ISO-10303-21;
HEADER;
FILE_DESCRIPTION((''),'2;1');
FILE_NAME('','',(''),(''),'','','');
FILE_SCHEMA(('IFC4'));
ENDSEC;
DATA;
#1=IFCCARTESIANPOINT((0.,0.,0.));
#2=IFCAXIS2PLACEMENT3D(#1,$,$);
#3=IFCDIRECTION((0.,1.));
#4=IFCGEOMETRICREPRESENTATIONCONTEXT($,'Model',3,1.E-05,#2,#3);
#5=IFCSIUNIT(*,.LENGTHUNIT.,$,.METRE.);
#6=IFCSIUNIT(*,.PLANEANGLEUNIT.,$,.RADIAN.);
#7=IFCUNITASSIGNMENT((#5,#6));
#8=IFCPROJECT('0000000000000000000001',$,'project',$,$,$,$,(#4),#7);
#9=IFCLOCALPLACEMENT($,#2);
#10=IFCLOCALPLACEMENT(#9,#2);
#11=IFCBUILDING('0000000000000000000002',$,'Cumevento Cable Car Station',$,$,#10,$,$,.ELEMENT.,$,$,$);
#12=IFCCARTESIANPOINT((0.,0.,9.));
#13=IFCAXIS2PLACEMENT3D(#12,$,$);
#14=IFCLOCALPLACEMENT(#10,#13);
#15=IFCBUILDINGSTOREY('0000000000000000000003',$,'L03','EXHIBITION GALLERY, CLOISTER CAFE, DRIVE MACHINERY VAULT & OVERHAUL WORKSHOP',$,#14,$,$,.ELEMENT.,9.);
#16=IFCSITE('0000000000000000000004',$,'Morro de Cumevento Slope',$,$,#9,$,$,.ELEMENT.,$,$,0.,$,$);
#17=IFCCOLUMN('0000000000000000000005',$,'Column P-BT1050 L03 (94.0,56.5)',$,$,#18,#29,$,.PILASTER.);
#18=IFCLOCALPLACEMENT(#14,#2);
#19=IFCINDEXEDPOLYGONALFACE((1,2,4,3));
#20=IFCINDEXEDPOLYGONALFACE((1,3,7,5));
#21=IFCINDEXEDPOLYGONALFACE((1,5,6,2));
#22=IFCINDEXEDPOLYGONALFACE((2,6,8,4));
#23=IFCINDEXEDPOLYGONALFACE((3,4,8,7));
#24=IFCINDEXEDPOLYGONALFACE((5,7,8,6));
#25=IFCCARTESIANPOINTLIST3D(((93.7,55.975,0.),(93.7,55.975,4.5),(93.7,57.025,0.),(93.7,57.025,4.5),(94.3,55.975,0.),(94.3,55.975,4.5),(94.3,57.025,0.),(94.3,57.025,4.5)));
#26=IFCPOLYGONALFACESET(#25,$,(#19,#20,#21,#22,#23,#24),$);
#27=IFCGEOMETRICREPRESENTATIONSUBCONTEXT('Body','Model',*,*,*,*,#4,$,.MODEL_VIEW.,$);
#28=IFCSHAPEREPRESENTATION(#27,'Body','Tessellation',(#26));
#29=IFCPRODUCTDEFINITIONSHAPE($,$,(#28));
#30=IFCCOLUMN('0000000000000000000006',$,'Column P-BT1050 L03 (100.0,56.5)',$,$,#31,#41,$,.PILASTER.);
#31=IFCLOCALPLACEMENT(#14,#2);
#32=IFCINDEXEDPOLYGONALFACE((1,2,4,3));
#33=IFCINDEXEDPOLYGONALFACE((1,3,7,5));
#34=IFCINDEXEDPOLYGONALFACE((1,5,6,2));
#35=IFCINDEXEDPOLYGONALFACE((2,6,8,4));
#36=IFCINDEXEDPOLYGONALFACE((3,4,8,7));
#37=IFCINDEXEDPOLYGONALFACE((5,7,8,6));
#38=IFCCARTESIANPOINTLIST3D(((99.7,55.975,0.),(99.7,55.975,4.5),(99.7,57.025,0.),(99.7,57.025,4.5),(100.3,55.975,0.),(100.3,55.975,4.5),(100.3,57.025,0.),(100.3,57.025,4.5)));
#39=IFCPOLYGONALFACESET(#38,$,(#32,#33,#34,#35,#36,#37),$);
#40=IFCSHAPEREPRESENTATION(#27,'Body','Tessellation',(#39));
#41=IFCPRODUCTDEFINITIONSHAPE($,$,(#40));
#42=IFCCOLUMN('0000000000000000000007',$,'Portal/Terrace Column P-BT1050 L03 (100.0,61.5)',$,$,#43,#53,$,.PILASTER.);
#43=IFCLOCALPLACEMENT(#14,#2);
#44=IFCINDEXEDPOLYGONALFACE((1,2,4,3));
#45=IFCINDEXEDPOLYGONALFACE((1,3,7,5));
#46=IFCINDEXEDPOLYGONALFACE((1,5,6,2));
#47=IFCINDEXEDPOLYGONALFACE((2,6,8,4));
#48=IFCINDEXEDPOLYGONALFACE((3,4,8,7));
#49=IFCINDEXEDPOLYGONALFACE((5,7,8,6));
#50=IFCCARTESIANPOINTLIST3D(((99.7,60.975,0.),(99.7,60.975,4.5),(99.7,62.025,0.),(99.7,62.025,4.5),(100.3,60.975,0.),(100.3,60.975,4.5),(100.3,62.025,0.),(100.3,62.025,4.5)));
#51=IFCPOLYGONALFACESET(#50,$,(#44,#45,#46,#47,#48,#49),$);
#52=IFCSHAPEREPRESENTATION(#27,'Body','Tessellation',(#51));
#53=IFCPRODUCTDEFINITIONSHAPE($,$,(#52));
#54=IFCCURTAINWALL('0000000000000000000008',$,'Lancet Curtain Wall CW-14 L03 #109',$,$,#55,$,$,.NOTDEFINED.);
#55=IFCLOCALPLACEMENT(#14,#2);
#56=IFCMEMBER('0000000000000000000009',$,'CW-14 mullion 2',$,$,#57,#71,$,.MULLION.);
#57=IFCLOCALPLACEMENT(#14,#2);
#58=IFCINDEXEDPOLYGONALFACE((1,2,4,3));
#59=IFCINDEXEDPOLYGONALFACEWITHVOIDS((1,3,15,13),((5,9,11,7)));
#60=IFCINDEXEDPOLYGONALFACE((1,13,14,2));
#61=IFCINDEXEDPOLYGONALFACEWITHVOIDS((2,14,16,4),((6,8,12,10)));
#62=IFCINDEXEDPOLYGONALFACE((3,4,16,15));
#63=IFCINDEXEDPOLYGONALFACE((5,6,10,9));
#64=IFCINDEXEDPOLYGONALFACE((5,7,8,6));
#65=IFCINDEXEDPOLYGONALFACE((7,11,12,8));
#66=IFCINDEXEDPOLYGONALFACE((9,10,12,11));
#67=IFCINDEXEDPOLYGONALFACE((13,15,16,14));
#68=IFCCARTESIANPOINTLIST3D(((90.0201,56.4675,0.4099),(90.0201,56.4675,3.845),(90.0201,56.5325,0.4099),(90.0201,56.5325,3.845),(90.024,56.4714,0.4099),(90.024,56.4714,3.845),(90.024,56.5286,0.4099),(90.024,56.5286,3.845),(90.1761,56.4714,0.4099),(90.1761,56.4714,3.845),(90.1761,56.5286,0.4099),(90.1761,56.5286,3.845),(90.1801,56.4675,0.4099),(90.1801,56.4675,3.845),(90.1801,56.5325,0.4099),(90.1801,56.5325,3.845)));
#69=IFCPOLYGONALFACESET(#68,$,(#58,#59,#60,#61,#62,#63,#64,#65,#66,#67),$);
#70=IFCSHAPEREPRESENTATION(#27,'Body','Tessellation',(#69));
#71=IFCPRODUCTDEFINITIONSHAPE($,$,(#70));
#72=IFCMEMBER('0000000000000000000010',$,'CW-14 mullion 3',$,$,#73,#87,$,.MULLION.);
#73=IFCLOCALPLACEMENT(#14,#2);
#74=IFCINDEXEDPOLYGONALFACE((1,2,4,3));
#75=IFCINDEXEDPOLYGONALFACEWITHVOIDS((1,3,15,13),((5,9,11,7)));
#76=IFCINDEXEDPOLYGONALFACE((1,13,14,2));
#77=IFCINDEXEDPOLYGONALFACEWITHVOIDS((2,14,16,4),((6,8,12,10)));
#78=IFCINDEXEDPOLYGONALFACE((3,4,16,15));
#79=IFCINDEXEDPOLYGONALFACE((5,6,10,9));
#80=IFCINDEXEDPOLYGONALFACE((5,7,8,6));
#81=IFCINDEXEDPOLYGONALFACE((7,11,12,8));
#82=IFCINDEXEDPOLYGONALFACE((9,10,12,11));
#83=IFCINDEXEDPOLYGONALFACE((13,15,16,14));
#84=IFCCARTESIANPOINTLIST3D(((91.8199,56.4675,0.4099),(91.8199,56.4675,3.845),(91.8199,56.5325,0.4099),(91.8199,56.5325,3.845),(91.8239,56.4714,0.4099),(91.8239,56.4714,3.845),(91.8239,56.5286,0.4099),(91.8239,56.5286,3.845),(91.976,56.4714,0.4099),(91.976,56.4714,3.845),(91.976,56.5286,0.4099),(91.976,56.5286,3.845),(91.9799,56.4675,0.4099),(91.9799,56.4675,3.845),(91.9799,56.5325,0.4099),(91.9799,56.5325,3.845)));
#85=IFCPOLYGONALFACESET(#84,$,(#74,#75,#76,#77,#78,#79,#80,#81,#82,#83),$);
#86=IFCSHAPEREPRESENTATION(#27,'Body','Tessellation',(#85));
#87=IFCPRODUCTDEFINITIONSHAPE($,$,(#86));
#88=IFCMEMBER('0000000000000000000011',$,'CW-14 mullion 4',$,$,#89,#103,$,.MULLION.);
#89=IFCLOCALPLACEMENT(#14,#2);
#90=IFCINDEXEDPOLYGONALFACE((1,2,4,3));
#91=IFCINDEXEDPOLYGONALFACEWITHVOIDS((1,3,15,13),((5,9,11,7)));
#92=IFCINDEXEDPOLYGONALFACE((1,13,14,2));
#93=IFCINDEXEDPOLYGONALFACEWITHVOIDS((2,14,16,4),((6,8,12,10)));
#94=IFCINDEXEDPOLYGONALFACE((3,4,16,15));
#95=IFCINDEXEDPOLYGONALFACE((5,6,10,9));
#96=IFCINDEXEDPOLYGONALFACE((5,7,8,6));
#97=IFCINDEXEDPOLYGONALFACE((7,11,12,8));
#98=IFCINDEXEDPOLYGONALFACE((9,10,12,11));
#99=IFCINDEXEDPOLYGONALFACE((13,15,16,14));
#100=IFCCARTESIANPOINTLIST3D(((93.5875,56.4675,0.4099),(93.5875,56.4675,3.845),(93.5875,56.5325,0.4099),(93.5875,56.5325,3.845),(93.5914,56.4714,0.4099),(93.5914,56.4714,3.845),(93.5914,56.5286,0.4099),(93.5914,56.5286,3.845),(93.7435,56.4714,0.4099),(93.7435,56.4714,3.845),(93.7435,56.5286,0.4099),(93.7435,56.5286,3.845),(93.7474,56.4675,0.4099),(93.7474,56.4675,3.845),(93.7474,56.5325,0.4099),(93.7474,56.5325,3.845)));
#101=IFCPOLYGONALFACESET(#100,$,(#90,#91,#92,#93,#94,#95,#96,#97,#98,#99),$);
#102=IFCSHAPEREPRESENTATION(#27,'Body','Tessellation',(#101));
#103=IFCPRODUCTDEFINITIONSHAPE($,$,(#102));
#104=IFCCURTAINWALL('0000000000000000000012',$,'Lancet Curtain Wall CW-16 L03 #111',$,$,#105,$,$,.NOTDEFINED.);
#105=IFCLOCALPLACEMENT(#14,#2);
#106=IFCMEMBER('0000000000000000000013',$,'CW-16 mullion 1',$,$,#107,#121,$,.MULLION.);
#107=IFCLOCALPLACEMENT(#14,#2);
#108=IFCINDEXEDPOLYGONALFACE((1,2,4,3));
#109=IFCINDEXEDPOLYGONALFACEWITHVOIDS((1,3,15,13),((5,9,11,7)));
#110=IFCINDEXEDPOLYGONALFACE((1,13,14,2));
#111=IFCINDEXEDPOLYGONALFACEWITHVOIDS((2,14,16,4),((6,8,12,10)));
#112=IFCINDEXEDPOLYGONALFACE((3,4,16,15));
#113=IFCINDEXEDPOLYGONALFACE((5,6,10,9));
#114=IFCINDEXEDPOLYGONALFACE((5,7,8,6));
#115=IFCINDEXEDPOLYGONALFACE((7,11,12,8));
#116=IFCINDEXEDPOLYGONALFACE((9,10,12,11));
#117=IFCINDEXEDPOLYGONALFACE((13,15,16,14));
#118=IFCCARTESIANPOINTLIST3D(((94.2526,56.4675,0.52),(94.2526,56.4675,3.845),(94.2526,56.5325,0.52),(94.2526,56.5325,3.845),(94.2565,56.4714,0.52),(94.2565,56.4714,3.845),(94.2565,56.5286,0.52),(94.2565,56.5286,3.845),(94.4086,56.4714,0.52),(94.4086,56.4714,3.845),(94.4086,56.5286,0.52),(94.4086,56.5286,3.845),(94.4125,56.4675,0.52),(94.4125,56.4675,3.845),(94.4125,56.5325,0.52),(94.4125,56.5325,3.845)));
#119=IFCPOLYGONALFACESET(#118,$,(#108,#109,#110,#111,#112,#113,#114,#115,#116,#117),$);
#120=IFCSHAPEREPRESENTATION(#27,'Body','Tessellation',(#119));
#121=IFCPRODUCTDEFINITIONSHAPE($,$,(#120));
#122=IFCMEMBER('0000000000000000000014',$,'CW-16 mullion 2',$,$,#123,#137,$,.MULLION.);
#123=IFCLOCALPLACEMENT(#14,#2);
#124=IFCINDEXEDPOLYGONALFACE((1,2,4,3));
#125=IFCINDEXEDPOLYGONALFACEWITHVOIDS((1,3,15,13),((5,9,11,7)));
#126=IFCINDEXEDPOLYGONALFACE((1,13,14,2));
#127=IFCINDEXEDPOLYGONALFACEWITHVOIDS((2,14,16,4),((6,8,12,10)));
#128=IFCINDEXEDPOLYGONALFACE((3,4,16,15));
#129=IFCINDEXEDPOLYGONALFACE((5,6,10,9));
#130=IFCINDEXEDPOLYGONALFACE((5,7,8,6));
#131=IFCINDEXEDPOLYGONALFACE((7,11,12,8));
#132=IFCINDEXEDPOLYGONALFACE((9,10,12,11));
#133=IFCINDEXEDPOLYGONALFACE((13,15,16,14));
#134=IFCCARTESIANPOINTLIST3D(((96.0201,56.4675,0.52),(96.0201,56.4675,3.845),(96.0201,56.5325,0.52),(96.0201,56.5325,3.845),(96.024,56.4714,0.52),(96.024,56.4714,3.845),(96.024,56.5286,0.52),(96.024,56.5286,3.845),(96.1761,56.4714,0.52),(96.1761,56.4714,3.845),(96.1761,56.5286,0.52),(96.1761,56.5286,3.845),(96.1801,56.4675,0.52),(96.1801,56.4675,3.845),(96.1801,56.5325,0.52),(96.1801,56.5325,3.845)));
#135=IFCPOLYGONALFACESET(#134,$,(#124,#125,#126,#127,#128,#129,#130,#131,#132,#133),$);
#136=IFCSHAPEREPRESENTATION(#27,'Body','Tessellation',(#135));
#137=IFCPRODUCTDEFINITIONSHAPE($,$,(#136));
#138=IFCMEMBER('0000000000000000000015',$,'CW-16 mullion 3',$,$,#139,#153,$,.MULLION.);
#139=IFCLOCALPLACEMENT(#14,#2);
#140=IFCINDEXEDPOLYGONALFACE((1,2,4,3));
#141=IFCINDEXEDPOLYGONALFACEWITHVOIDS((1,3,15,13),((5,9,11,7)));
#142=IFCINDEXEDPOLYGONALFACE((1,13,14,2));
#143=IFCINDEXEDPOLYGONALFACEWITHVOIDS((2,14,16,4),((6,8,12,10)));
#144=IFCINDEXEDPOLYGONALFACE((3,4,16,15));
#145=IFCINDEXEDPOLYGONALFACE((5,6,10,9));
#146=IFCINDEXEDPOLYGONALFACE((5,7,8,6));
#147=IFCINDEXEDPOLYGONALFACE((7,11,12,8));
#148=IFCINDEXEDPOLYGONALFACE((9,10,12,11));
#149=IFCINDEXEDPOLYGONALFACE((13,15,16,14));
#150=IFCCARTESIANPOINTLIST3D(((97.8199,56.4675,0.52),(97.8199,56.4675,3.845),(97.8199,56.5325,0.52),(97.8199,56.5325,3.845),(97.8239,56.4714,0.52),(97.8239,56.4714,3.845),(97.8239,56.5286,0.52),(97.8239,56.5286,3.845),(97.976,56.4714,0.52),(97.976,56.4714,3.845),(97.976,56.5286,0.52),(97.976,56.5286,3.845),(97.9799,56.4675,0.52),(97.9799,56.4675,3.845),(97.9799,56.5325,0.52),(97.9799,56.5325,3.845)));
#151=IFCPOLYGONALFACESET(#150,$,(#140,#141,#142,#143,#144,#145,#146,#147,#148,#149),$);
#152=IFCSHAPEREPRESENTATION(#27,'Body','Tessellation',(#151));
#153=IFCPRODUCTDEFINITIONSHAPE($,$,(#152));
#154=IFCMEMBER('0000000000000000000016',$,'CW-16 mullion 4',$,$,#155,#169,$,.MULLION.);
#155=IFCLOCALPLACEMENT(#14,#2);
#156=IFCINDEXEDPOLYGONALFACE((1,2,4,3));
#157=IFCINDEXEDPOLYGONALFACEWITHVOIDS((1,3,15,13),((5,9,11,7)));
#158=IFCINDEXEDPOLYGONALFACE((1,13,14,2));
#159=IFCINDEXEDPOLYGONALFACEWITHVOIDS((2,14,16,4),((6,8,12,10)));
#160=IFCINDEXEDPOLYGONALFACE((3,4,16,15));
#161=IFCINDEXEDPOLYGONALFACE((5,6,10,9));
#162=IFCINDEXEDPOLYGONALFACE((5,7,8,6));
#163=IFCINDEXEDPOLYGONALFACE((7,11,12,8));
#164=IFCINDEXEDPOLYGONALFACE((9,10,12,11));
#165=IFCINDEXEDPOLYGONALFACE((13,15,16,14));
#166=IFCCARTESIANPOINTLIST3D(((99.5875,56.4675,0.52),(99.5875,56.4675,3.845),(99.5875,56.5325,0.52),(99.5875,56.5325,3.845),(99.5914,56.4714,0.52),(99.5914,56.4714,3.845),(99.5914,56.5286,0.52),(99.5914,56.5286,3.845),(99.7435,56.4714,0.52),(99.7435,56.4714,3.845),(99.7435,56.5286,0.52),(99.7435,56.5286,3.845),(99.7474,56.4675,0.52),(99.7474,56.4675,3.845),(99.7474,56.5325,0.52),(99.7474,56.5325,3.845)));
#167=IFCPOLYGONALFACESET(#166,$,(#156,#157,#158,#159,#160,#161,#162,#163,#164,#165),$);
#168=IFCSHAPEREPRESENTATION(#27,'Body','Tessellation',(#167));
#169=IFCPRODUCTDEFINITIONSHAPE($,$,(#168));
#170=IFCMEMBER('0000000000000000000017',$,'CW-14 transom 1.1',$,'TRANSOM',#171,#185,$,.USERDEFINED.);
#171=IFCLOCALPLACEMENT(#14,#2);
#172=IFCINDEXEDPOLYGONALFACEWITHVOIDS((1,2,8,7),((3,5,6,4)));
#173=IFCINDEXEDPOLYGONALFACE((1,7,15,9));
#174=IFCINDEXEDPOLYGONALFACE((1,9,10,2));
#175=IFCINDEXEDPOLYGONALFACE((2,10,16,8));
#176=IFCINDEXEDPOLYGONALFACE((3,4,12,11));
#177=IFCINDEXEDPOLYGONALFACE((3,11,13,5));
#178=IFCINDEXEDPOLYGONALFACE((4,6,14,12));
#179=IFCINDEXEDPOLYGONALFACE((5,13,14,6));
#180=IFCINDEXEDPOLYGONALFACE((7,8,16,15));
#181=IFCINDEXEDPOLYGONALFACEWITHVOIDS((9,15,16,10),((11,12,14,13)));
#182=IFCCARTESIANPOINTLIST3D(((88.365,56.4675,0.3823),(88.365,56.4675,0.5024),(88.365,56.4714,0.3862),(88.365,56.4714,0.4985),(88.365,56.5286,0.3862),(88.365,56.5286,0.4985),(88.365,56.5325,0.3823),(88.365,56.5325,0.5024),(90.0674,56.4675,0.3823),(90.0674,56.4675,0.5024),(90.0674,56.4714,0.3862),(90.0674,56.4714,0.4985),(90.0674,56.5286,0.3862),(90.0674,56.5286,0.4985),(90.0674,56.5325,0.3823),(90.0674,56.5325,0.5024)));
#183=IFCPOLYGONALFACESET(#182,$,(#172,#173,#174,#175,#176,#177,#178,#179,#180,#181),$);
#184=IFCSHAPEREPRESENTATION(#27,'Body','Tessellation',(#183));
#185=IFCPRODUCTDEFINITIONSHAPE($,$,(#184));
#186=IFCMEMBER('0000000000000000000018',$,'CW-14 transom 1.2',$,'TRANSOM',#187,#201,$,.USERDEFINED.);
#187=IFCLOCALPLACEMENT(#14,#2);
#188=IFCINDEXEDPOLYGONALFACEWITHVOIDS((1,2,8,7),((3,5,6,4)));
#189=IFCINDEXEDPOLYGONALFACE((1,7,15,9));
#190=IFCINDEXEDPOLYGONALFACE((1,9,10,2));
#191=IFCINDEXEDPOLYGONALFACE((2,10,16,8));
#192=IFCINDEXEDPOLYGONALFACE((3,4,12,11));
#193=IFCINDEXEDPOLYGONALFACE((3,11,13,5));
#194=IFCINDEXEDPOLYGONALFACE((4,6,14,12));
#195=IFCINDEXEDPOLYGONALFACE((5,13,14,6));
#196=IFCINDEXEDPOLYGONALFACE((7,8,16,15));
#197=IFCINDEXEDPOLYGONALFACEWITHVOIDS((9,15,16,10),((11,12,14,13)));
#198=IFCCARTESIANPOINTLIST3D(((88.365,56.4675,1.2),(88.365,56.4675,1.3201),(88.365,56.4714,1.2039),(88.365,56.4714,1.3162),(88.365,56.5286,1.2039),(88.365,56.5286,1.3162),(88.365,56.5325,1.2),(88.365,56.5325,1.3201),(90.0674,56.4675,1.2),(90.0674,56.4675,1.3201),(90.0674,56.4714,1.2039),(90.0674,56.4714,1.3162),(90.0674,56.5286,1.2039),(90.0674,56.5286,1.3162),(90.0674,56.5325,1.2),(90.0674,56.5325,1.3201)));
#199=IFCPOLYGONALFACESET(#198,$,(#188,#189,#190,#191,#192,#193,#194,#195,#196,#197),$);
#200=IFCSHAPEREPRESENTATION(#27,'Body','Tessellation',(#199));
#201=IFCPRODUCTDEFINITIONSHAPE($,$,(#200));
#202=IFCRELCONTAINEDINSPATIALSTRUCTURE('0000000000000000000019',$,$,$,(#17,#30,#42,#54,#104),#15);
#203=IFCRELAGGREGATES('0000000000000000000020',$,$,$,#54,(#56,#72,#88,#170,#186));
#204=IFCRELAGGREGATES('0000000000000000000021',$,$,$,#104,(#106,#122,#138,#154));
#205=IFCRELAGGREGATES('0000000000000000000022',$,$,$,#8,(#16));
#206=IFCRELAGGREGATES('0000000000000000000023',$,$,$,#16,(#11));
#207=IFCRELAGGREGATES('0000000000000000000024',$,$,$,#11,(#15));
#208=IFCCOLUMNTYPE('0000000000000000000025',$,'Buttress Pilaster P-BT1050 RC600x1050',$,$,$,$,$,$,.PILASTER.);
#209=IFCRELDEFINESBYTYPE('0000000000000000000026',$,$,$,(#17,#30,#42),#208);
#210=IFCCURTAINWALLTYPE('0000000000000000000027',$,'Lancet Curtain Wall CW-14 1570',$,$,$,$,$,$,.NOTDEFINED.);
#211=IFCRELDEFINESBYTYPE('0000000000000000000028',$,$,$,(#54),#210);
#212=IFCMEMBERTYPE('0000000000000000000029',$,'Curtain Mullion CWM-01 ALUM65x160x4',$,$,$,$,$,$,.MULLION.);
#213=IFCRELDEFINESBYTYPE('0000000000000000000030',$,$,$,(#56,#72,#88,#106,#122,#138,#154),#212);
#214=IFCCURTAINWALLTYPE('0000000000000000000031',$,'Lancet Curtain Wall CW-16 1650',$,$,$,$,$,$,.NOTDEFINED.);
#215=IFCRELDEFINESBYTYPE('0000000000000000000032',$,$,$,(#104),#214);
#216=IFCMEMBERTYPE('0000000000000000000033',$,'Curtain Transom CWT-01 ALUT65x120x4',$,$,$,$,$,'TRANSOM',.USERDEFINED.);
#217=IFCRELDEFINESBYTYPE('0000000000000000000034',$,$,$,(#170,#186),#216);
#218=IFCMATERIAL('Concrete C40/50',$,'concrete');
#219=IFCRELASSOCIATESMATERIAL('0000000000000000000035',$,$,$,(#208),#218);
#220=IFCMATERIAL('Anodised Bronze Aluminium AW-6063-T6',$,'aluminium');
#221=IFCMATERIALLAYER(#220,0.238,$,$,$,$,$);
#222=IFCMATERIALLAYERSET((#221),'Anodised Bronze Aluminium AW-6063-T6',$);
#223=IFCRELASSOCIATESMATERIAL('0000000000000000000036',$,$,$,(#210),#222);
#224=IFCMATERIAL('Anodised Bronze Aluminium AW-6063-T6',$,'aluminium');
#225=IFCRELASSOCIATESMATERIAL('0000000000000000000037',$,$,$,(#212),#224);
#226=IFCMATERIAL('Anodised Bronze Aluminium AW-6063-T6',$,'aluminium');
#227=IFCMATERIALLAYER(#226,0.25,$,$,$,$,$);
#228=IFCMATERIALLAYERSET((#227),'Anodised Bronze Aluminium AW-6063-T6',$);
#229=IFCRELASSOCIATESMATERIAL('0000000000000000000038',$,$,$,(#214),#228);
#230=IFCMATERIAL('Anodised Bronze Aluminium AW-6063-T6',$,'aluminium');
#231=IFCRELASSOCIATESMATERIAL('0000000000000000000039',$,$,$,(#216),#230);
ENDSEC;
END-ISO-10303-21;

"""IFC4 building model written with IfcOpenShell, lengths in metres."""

from ifc_helpers import new_model, si_unit, direction, frame, origin, origin_2d, place, context, subcontext, project, spatial, rectangle, hollow_rectangle, extrude, material, layer, layer_set, material_profile, profile_set, type_object, element, aggregate, save


model = new_model("IFC4")

# Units and contexts
model_context = context("Model", 3, precision=1e-05, world=origin(), true_north=direction((0.0, 1.0)))
body_context = subcontext(model_context, "Body", "Model", "MODEL_VIEW")
ifc_project = project(units=[si_unit("LENGTHUNIT", "METRE"), si_unit("PLANEANGLEUNIT", "RADIAN")], contexts=[model_context])

# Site, building, storey
site_placement = place(None, origin())
site = spatial("IfcSite", under=ifc_project, at=site_placement, Name="Morro de Cumevento Slope", CompositionType="ELEMENT", RefElevation=0.0)
building_placement = place(site_placement, origin())
building = spatial("IfcBuilding", under=site, at=building_placement, Name="Cumevento Cable Car Station", CompositionType="ELEMENT")
storey_placement = place(building_placement, frame((0.0, 0.0, 9.0)))
storey = spatial("IfcBuildingStorey", under=building, at=storey_placement, Name="L03", Description="EXHIBITION GALLERY, CLOISTER CAFE, DRIVE MACHINERY VAULT & OVERHAUL WORKSHOP", CompositionType="ELEMENT", Elevation=9.0)

# Columns
ifc_material_1 = material(Name="Concrete C40/50", Category="concrete")
ifc_material_profile_1 = material_profile(ifc_material_1, rectangle(XDim=0.6001, YDim=1.05, at=origin_2d()), Name="RC600x1050")
ifc_profile_set_1 = profile_set([ifc_material_profile_1], Name="Concrete C40/50")
column_type = type_object("IfcColumnType", Name="Buttress Pilaster P-BT1050 RC600x1050", PredefinedType="PILASTER", material=ifc_profile_set_1)
for number, where, z_axis, x_axis, name in (
    (1, (94.0, 56.5, 0.0), (0.0, 0.0, 1.0), (1.0, 0.0, 0.0), "Column P-BT1050 L03 (94.0,56.5)"),
    (2, (100.0, 56.5, 0.0), (0.0, 0.0, 1.0), (1.0, 0.0, 0.0), "Column P-BT1050 L03 (100.0,56.5)"),
    (3, (100.0, 61.5, 0.0), (0.0, 0.0, 1.0), (1.0, 0.0, 0.0), "Portal/Terrace Column P-BT1050 L03 (100.0,61.5)"),
):
    element("IfcColumn", number, at=place(storey_placement, frame(where, z_axis=z_axis, x_axis=x_axis)), inside=storey, type_object=column_type, Name=name, PredefinedType="PILASTER", context=body_context, shape_type="SweptSolid", body=[
        extrude(rectangle(XDim=0.6001, YDim=1.05, at=origin_2d()), origin(), (0.0, 0.0, 1.0), 4.5),
    ])

# Curtain walls, members
ifc_material_2 = material(Name="Anodised Bronze Aluminium AW-6063-T6", Category="aluminium")
ifc_layer_1 = layer(ifc_material_2, 0.238)
ifc_layer_set_1 = layer_set([ifc_layer_1], Name="Anodised Bronze Aluminium AW-6063-T6")
curtain_wall_type_1 = type_object("IfcCurtainWallType", Name="Lancet Curtain Wall CW-14 1570", PredefinedType="NOTDEFINED", material=ifc_layer_set_1)
curtain_wall_1_placement = place(storey_placement, origin())
curtain_wall_1 = element("IfcCurtainWall", 4, at=curtain_wall_1_placement, inside=storey, type_object=curtain_wall_type_1, Name="Lancet Curtain Wall CW-14 L03 #109", PredefinedType="NOTDEFINED")
ifc_material_3 = material(Name="Anodised Bronze Aluminium AW-6063-T6", Category="aluminium")
ifc_material_profile_2 = material_profile(ifc_material_3, hollow_rectangle(XDim=0.0649, YDim=0.1599, WallThickness=0.0039, at=origin_2d()), Name="ALUM65x160x4")
ifc_profile_set_2 = profile_set([ifc_material_profile_2], Name="Anodised Bronze Aluminium AW-6063-T6")
member_type_1 = type_object("IfcMemberType", Name="Curtain Mullion CWM-01 ALUM65x160x4", PredefinedType="MULLION", material=ifc_profile_set_2)
member_1_placement = place(storey_placement, frame((90.1001, 56.5, 0.4099), z_axis=(0.0, 0.0, 1.0), x_axis=(0.0, 1.0, 0.0)))
member_1 = element("IfcMember", 5, at=member_1_placement, type_object=member_type_1, Name="CW-14 mullion 2", PredefinedType="MULLION", context=body_context, shape_type="SweptSolid", body=[
    extrude(hollow_rectangle(XDim=0.0649, YDim=0.1599, WallThickness=0.0039, at=origin_2d()), origin(), (0.0, 0.0, 1.0), 3.4351),
])
member_2_placement = place(storey_placement, frame((91.8999, 56.5, 0.4099), z_axis=(0.0, 0.0, 1.0), x_axis=(0.0, 1.0, 0.0)))
member_2 = element("IfcMember", 6, at=member_2_placement, type_object=member_type_1, Name="CW-14 mullion 3", PredefinedType="MULLION", context=body_context, shape_type="SweptSolid", body=[
    extrude(hollow_rectangle(XDim=0.0649, YDim=0.1599, WallThickness=0.0039, at=origin_2d()), origin(), (0.0, 0.0, 1.0), 3.4351),
])
member_3_placement = place(storey_placement, frame((93.6675, 56.5, 0.4099), z_axis=(0.0, 0.0, 1.0), x_axis=(0.0, 1.0, 0.0)))
member_3 = element("IfcMember", 7, at=member_3_placement, type_object=member_type_1, Name="CW-14 mullion 4", PredefinedType="MULLION", context=body_context, shape_type="SweptSolid", body=[
    extrude(hollow_rectangle(XDim=0.0649, YDim=0.1599, WallThickness=0.0039, at=origin_2d()), origin(), (0.0, 0.0, 1.0), 3.4351),
])
ifc_material_4 = material(Name="Anodised Bronze Aluminium AW-6063-T6", Category="aluminium")
ifc_layer_2 = layer(ifc_material_4, 0.25)
ifc_layer_set_2 = layer_set([ifc_layer_2], Name="Anodised Bronze Aluminium AW-6063-T6")
curtain_wall_type_2 = type_object("IfcCurtainWallType", Name="Lancet Curtain Wall CW-16 1650", PredefinedType="NOTDEFINED", material=ifc_layer_set_2)
curtain_wall_2_placement = place(storey_placement, origin())
curtain_wall_2 = element("IfcCurtainWall", 8, at=curtain_wall_2_placement, inside=storey, type_object=curtain_wall_type_2, Name="Lancet Curtain Wall CW-16 L03 #111", PredefinedType="NOTDEFINED")
member_4_placement = place(storey_placement, frame((94.3325, 56.5, 0.52), z_axis=(0.0, 0.0, 1.0), x_axis=(0.0, 1.0, 0.0)))
member_4 = element("IfcMember", 9, at=member_4_placement, type_object=member_type_1, Name="CW-16 mullion 1", PredefinedType="MULLION", context=body_context, shape_type="SweptSolid", body=[
    extrude(hollow_rectangle(XDim=0.0649, YDim=0.1599, WallThickness=0.0039, at=origin_2d()), origin(), (0.0, 0.0, 1.0), 3.325),
])
member_5_placement = place(storey_placement, frame((96.1001, 56.5, 0.52), z_axis=(0.0, 0.0, 1.0), x_axis=(0.0, 1.0, 0.0)))
member_5 = element("IfcMember", 10, at=member_5_placement, type_object=member_type_1, Name="CW-16 mullion 2", PredefinedType="MULLION", context=body_context, shape_type="SweptSolid", body=[
    extrude(hollow_rectangle(XDim=0.0649, YDim=0.1599, WallThickness=0.0039, at=origin_2d()), origin(), (0.0, 0.0, 1.0), 3.325),
])
member_6_placement = place(storey_placement, frame((97.8999, 56.5, 0.52), z_axis=(0.0, 0.0, 1.0), x_axis=(0.0, 1.0, 0.0)))
member_6 = element("IfcMember", 11, at=member_6_placement, type_object=member_type_1, Name="CW-16 mullion 3", PredefinedType="MULLION", context=body_context, shape_type="SweptSolid", body=[
    extrude(hollow_rectangle(XDim=0.0649, YDim=0.1599, WallThickness=0.0039, at=origin_2d()), origin(), (0.0, 0.0, 1.0), 3.325),
])
member_7_placement = place(storey_placement, frame((99.6675, 56.5, 0.52), z_axis=(0.0, 0.0, 1.0), x_axis=(0.0, 1.0, 0.0)))
member_7 = element("IfcMember", 12, at=member_7_placement, type_object=member_type_1, Name="CW-16 mullion 4", PredefinedType="MULLION", context=body_context, shape_type="SweptSolid", body=[
    extrude(hollow_rectangle(XDim=0.0649, YDim=0.1599, WallThickness=0.0039, at=origin_2d()), origin(), (0.0, 0.0, 1.0), 3.325),
])

# Members
ifc_material_5 = material(Name="Anodised Bronze Aluminium AW-6063-T6", Category="aluminium")
ifc_material_profile_3 = material_profile(ifc_material_5, hollow_rectangle(XDim=0.0649, YDim=0.1201, WallThickness=0.0039, at=origin_2d()), Name="ALUT65x120x4")
ifc_profile_set_3 = profile_set([ifc_material_profile_3], Name="Anodised Bronze Aluminium AW-6063-T6")
member_type_2 = type_object("IfcMemberType", Name="Curtain Transom CWT-01 ALUT65x120x4", ElementType="TRANSOM", PredefinedType="USERDEFINED", material=ifc_profile_set_3)
member_8_placement = place(storey_placement, frame((88.365, 56.5, 0.4424), z_axis=(1.0, 0.0, 0.0), x_axis=(0.0, 1.0, 0.0)))
member_8 = element("IfcMember", 13, at=member_8_placement, type_object=member_type_2, Name="CW-14 transom 1.1", ObjectType="TRANSOM", PredefinedType="USERDEFINED", context=body_context, shape_type="SweptSolid", body=[
    extrude(hollow_rectangle(XDim=0.0649, YDim=0.1201, WallThickness=0.0039, at=origin_2d()), origin(), (0.0, 0.0, 1.0), 1.7024),
])
member_9_placement = place(storey_placement, frame((88.365, 56.5, 1.26), z_axis=(1.0, 0.0, 0.0), x_axis=(0.0, 1.0, 0.0)))
member_9 = element("IfcMember", 14, at=member_9_placement, type_object=member_type_2, Name="CW-14 transom 1.2", ObjectType="TRANSOM", PredefinedType="USERDEFINED", context=body_context, shape_type="SweptSolid", body=[
    extrude(hollow_rectangle(XDim=0.0649, YDim=0.1201, WallThickness=0.0039, at=origin_2d()), origin(), (0.0, 0.0, 1.0), 1.7024),
])

aggregate(curtain_wall_1, [member_1, member_2, member_3, member_8, member_9])
aggregate(curtain_wall_2, [member_4, member_5, member_6, member_7])

save(model, "model.ifc")
